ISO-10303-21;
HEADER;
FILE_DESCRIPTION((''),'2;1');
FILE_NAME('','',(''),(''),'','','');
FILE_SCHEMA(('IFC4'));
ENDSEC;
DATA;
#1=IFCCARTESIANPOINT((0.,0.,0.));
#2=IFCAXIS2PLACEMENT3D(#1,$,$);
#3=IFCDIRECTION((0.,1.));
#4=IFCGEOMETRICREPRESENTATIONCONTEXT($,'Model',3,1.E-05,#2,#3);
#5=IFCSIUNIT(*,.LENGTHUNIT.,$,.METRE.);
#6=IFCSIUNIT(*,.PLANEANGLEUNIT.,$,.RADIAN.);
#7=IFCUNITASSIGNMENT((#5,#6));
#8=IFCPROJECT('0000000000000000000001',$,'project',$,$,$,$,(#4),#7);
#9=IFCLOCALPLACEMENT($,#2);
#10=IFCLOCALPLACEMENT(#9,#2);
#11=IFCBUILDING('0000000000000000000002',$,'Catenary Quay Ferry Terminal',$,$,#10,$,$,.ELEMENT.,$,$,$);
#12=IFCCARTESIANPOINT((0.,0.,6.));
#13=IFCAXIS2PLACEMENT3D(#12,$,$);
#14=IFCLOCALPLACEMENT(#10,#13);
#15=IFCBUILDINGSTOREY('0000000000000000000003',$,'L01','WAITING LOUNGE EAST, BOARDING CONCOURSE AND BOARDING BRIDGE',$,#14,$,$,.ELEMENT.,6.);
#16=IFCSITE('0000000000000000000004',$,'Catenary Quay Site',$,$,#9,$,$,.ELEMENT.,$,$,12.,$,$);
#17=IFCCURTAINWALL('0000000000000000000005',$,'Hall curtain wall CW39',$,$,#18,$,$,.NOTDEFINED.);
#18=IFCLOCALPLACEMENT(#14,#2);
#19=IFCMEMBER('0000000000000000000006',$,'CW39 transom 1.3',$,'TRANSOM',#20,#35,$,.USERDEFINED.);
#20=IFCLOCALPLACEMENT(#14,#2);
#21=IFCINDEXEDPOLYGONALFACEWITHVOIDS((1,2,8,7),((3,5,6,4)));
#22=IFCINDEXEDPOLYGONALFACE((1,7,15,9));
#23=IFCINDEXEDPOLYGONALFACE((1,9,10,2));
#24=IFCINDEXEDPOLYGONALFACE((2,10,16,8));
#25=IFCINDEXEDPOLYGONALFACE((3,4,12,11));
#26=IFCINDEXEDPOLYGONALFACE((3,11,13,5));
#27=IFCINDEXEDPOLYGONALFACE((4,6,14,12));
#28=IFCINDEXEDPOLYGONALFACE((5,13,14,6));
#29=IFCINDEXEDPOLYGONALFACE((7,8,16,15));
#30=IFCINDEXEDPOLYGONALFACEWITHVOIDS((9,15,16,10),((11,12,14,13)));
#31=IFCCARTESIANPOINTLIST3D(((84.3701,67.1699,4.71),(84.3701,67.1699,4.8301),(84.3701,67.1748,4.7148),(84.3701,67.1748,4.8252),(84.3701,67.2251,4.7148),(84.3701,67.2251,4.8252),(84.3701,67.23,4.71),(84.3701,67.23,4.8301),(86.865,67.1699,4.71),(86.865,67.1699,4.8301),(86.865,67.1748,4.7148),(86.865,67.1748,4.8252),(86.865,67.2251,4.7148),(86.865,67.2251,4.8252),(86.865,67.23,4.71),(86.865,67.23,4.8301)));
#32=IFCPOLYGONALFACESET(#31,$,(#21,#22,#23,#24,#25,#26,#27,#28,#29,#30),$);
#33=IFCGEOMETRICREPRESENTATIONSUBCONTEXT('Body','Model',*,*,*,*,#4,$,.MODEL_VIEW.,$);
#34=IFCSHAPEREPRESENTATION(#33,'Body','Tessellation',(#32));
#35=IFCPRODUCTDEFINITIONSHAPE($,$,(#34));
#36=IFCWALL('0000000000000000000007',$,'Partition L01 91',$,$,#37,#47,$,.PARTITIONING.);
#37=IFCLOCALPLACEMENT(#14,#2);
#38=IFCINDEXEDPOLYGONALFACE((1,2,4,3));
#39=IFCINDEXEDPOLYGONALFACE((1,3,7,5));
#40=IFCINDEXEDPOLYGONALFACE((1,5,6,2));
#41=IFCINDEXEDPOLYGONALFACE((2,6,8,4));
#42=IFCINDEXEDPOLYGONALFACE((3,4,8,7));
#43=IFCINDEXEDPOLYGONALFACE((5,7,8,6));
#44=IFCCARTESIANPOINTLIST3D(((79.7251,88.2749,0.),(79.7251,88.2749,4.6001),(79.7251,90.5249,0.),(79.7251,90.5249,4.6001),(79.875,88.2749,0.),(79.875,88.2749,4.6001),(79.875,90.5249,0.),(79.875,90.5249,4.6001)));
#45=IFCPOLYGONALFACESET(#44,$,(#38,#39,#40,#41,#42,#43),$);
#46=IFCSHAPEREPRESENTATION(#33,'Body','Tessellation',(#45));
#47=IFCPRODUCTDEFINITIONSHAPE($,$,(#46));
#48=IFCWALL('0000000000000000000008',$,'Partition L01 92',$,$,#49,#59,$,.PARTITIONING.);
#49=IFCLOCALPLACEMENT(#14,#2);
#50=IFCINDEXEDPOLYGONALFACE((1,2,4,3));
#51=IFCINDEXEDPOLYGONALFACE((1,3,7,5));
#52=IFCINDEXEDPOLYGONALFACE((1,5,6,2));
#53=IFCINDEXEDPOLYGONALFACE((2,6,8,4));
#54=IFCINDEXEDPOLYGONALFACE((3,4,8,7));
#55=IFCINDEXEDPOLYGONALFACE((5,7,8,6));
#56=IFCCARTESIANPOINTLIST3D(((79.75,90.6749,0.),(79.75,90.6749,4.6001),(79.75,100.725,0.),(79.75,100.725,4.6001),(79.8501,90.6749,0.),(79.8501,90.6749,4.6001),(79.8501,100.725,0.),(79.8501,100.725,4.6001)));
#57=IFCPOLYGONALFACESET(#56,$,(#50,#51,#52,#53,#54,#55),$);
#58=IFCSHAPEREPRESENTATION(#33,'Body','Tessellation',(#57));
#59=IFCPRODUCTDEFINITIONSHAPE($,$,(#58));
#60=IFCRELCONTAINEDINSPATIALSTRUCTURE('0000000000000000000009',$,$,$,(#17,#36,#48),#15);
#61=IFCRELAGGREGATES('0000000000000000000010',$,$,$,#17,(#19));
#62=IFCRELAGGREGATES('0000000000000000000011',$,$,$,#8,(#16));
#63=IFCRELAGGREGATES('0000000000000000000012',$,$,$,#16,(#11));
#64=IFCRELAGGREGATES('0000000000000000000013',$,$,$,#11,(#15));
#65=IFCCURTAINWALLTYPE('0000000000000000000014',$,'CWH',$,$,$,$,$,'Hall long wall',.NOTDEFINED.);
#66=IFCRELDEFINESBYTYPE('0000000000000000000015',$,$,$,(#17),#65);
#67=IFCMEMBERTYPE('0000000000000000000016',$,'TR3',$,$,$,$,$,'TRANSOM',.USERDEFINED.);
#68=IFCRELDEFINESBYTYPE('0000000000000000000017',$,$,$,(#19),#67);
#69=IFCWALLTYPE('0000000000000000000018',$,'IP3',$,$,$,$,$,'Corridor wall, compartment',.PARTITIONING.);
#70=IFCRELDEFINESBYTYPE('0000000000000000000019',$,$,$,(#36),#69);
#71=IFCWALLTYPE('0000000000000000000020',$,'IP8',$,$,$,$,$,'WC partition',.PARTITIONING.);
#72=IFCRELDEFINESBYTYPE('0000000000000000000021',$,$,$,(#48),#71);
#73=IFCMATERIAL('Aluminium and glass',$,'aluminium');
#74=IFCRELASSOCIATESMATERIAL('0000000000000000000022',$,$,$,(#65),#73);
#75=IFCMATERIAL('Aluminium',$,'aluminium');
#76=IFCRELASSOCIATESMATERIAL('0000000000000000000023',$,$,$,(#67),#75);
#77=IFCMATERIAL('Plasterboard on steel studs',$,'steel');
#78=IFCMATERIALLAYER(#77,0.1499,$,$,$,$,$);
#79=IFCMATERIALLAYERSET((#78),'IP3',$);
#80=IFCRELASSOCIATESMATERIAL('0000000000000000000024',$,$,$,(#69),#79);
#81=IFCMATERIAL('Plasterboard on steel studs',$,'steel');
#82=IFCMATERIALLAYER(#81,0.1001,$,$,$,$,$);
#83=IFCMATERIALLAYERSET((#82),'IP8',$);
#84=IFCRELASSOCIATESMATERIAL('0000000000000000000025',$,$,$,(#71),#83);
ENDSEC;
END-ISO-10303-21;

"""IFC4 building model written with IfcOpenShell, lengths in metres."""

from ifc_helpers import new_model, si_unit, direction, frame, frame_2d, origin, origin_2d, place, context, subcontext, project, spatial, rectangle, hollow_rectangle, extrude, material, layer, layer_set, material_profile, profile_set, type_object, element, aggregate, save


model = new_model("IFC4")

# Units and contexts
model_context = context("Model", 3, precision=1e-05, world=origin(), true_north=direction((0.0, 1.0)))
body_context = subcontext(model_context, "Body", "Model", "MODEL_VIEW")
ifc_project = project(units=[si_unit("LENGTHUNIT", "METRE"), si_unit("PLANEANGLEUNIT", "RADIAN")], contexts=[model_context])

# Site, building, storey
site_placement = place(None, origin())
site = spatial("IfcSite", under=ifc_project, at=site_placement, Name="Catenary Quay Site", CompositionType="ELEMENT", RefElevation=12.0)
building_placement = place(site_placement, origin())
building = spatial("IfcBuilding", under=site, at=building_placement, Name="Catenary Quay Ferry Terminal", CompositionType="ELEMENT")
storey_placement = place(building_placement, frame((0.0, 0.0, 6.0)))
storey = spatial("IfcBuildingStorey", under=building, at=storey_placement, Name="L01", Description="WAITING LOUNGE EAST, BOARDING CONCOURSE AND BOARDING BRIDGE", CompositionType="ELEMENT", Elevation=6.0)

# Curtain wall, member
ifc_material_1 = material(Name="Aluminium and glass", Category="aluminium")
curtain_wall_type = type_object("IfcCurtainWallType", Name="CWH", ElementType="Hall long wall", PredefinedType="NOTDEFINED", material=ifc_material_1)
curtain_wall_placement = place(storey_placement, origin())
curtain_wall = element("IfcCurtainWall", 1, at=curtain_wall_placement, inside=storey, type_object=curtain_wall_type, Name="Hall curtain wall CW39", PredefinedType="NOTDEFINED")
ifc_material_2 = material(Name="Aluminium", Category="aluminium")
ifc_material_profile_1 = material_profile(ifc_material_2, hollow_rectangle(XDim=0.0601, YDim=0.1201, WallThickness=0.0049, at=origin_2d()), Name="TR3")
ifc_profile_set_1 = profile_set([ifc_material_profile_1], Name="Aluminium")
member_type_1 = type_object("IfcMemberType", Name="TR3", ElementType="TRANSOM", PredefinedType="USERDEFINED", material=ifc_profile_set_1)
member_1_placement = place(storey_placement, frame((84.3701, 67.2, 4.77), z_axis=(1.0, 0.0, 0.0), x_axis=(0.0, 1.0, 0.0)))
member_1 = element("IfcMember", 2, at=member_1_placement, type_object=member_type_1, Name="CW39 transom 1.3", ObjectType="TRANSOM", PredefinedType="USERDEFINED", context=body_context, shape_type="SweptSolid", body=[
    extrude(hollow_rectangle(XDim=0.0601, YDim=0.1201, WallThickness=0.0049, at=origin_2d()), origin(), (0.0, 0.0, 1.0), 2.4949),
])
aggregate(curtain_wall, [member_1])

# Walls
ifc_material_3 = material(Name="Plasterboard on steel studs", Category="steel")
ifc_layer_1 = layer(ifc_material_3, 0.1499)
ifc_layer_set_1 = layer_set([ifc_layer_1], Name="IP3")
wall_type_1 = type_object("IfcWallType", Name="IP3", ElementType="Corridor wall, compartment", PredefinedType="PARTITIONING", material=ifc_layer_set_1)
wall_1_placement = place(storey_placement, frame((79.8, 88.2749, 0.0), z_axis=(0.0, 0.0, 1.0), x_axis=(0.0, 1.0, 0.0)))
element("IfcWall", 3, at=wall_1_placement, inside=storey, type_object=wall_type_1, Name="Partition L01 91", PredefinedType="PARTITIONING", context=body_context, shape_type="SweptSolid", body=[
    extrude(rectangle(XDim=2.25, YDim=0.1499, at=frame_2d((1.125, 0.0))), origin(), (0.0, 0.0, 1.0), 4.6001),
])
ifc_material_4 = material(Name="Plasterboard on steel studs", Category="steel")
ifc_layer_2 = layer(ifc_material_4, 0.1001)
ifc_layer_set_2 = layer_set([ifc_layer_2], Name="IP8")
wall_type_2 = type_object("IfcWallType", Name="IP8", ElementType="WC partition", PredefinedType="PARTITIONING", material=ifc_layer_set_2)
wall_2_placement = place(storey_placement, frame((79.8, 90.675, 0.0), z_axis=(0.0, 0.0, 1.0), x_axis=(0.0, 1.0, 0.0)))
element("IfcWall", 4, at=wall_2_placement, inside=storey, type_object=wall_type_2, Name="Partition L01 92", PredefinedType="PARTITIONING", context=body_context, shape_type="SweptSolid", body=[
    extrude(rectangle(XDim=10.05, YDim=0.1001, at=frame_2d((5.0249, 0.0))), origin(), (0.0, 0.0, 1.0), 4.6001),
])

save(model, "model.ifc")
